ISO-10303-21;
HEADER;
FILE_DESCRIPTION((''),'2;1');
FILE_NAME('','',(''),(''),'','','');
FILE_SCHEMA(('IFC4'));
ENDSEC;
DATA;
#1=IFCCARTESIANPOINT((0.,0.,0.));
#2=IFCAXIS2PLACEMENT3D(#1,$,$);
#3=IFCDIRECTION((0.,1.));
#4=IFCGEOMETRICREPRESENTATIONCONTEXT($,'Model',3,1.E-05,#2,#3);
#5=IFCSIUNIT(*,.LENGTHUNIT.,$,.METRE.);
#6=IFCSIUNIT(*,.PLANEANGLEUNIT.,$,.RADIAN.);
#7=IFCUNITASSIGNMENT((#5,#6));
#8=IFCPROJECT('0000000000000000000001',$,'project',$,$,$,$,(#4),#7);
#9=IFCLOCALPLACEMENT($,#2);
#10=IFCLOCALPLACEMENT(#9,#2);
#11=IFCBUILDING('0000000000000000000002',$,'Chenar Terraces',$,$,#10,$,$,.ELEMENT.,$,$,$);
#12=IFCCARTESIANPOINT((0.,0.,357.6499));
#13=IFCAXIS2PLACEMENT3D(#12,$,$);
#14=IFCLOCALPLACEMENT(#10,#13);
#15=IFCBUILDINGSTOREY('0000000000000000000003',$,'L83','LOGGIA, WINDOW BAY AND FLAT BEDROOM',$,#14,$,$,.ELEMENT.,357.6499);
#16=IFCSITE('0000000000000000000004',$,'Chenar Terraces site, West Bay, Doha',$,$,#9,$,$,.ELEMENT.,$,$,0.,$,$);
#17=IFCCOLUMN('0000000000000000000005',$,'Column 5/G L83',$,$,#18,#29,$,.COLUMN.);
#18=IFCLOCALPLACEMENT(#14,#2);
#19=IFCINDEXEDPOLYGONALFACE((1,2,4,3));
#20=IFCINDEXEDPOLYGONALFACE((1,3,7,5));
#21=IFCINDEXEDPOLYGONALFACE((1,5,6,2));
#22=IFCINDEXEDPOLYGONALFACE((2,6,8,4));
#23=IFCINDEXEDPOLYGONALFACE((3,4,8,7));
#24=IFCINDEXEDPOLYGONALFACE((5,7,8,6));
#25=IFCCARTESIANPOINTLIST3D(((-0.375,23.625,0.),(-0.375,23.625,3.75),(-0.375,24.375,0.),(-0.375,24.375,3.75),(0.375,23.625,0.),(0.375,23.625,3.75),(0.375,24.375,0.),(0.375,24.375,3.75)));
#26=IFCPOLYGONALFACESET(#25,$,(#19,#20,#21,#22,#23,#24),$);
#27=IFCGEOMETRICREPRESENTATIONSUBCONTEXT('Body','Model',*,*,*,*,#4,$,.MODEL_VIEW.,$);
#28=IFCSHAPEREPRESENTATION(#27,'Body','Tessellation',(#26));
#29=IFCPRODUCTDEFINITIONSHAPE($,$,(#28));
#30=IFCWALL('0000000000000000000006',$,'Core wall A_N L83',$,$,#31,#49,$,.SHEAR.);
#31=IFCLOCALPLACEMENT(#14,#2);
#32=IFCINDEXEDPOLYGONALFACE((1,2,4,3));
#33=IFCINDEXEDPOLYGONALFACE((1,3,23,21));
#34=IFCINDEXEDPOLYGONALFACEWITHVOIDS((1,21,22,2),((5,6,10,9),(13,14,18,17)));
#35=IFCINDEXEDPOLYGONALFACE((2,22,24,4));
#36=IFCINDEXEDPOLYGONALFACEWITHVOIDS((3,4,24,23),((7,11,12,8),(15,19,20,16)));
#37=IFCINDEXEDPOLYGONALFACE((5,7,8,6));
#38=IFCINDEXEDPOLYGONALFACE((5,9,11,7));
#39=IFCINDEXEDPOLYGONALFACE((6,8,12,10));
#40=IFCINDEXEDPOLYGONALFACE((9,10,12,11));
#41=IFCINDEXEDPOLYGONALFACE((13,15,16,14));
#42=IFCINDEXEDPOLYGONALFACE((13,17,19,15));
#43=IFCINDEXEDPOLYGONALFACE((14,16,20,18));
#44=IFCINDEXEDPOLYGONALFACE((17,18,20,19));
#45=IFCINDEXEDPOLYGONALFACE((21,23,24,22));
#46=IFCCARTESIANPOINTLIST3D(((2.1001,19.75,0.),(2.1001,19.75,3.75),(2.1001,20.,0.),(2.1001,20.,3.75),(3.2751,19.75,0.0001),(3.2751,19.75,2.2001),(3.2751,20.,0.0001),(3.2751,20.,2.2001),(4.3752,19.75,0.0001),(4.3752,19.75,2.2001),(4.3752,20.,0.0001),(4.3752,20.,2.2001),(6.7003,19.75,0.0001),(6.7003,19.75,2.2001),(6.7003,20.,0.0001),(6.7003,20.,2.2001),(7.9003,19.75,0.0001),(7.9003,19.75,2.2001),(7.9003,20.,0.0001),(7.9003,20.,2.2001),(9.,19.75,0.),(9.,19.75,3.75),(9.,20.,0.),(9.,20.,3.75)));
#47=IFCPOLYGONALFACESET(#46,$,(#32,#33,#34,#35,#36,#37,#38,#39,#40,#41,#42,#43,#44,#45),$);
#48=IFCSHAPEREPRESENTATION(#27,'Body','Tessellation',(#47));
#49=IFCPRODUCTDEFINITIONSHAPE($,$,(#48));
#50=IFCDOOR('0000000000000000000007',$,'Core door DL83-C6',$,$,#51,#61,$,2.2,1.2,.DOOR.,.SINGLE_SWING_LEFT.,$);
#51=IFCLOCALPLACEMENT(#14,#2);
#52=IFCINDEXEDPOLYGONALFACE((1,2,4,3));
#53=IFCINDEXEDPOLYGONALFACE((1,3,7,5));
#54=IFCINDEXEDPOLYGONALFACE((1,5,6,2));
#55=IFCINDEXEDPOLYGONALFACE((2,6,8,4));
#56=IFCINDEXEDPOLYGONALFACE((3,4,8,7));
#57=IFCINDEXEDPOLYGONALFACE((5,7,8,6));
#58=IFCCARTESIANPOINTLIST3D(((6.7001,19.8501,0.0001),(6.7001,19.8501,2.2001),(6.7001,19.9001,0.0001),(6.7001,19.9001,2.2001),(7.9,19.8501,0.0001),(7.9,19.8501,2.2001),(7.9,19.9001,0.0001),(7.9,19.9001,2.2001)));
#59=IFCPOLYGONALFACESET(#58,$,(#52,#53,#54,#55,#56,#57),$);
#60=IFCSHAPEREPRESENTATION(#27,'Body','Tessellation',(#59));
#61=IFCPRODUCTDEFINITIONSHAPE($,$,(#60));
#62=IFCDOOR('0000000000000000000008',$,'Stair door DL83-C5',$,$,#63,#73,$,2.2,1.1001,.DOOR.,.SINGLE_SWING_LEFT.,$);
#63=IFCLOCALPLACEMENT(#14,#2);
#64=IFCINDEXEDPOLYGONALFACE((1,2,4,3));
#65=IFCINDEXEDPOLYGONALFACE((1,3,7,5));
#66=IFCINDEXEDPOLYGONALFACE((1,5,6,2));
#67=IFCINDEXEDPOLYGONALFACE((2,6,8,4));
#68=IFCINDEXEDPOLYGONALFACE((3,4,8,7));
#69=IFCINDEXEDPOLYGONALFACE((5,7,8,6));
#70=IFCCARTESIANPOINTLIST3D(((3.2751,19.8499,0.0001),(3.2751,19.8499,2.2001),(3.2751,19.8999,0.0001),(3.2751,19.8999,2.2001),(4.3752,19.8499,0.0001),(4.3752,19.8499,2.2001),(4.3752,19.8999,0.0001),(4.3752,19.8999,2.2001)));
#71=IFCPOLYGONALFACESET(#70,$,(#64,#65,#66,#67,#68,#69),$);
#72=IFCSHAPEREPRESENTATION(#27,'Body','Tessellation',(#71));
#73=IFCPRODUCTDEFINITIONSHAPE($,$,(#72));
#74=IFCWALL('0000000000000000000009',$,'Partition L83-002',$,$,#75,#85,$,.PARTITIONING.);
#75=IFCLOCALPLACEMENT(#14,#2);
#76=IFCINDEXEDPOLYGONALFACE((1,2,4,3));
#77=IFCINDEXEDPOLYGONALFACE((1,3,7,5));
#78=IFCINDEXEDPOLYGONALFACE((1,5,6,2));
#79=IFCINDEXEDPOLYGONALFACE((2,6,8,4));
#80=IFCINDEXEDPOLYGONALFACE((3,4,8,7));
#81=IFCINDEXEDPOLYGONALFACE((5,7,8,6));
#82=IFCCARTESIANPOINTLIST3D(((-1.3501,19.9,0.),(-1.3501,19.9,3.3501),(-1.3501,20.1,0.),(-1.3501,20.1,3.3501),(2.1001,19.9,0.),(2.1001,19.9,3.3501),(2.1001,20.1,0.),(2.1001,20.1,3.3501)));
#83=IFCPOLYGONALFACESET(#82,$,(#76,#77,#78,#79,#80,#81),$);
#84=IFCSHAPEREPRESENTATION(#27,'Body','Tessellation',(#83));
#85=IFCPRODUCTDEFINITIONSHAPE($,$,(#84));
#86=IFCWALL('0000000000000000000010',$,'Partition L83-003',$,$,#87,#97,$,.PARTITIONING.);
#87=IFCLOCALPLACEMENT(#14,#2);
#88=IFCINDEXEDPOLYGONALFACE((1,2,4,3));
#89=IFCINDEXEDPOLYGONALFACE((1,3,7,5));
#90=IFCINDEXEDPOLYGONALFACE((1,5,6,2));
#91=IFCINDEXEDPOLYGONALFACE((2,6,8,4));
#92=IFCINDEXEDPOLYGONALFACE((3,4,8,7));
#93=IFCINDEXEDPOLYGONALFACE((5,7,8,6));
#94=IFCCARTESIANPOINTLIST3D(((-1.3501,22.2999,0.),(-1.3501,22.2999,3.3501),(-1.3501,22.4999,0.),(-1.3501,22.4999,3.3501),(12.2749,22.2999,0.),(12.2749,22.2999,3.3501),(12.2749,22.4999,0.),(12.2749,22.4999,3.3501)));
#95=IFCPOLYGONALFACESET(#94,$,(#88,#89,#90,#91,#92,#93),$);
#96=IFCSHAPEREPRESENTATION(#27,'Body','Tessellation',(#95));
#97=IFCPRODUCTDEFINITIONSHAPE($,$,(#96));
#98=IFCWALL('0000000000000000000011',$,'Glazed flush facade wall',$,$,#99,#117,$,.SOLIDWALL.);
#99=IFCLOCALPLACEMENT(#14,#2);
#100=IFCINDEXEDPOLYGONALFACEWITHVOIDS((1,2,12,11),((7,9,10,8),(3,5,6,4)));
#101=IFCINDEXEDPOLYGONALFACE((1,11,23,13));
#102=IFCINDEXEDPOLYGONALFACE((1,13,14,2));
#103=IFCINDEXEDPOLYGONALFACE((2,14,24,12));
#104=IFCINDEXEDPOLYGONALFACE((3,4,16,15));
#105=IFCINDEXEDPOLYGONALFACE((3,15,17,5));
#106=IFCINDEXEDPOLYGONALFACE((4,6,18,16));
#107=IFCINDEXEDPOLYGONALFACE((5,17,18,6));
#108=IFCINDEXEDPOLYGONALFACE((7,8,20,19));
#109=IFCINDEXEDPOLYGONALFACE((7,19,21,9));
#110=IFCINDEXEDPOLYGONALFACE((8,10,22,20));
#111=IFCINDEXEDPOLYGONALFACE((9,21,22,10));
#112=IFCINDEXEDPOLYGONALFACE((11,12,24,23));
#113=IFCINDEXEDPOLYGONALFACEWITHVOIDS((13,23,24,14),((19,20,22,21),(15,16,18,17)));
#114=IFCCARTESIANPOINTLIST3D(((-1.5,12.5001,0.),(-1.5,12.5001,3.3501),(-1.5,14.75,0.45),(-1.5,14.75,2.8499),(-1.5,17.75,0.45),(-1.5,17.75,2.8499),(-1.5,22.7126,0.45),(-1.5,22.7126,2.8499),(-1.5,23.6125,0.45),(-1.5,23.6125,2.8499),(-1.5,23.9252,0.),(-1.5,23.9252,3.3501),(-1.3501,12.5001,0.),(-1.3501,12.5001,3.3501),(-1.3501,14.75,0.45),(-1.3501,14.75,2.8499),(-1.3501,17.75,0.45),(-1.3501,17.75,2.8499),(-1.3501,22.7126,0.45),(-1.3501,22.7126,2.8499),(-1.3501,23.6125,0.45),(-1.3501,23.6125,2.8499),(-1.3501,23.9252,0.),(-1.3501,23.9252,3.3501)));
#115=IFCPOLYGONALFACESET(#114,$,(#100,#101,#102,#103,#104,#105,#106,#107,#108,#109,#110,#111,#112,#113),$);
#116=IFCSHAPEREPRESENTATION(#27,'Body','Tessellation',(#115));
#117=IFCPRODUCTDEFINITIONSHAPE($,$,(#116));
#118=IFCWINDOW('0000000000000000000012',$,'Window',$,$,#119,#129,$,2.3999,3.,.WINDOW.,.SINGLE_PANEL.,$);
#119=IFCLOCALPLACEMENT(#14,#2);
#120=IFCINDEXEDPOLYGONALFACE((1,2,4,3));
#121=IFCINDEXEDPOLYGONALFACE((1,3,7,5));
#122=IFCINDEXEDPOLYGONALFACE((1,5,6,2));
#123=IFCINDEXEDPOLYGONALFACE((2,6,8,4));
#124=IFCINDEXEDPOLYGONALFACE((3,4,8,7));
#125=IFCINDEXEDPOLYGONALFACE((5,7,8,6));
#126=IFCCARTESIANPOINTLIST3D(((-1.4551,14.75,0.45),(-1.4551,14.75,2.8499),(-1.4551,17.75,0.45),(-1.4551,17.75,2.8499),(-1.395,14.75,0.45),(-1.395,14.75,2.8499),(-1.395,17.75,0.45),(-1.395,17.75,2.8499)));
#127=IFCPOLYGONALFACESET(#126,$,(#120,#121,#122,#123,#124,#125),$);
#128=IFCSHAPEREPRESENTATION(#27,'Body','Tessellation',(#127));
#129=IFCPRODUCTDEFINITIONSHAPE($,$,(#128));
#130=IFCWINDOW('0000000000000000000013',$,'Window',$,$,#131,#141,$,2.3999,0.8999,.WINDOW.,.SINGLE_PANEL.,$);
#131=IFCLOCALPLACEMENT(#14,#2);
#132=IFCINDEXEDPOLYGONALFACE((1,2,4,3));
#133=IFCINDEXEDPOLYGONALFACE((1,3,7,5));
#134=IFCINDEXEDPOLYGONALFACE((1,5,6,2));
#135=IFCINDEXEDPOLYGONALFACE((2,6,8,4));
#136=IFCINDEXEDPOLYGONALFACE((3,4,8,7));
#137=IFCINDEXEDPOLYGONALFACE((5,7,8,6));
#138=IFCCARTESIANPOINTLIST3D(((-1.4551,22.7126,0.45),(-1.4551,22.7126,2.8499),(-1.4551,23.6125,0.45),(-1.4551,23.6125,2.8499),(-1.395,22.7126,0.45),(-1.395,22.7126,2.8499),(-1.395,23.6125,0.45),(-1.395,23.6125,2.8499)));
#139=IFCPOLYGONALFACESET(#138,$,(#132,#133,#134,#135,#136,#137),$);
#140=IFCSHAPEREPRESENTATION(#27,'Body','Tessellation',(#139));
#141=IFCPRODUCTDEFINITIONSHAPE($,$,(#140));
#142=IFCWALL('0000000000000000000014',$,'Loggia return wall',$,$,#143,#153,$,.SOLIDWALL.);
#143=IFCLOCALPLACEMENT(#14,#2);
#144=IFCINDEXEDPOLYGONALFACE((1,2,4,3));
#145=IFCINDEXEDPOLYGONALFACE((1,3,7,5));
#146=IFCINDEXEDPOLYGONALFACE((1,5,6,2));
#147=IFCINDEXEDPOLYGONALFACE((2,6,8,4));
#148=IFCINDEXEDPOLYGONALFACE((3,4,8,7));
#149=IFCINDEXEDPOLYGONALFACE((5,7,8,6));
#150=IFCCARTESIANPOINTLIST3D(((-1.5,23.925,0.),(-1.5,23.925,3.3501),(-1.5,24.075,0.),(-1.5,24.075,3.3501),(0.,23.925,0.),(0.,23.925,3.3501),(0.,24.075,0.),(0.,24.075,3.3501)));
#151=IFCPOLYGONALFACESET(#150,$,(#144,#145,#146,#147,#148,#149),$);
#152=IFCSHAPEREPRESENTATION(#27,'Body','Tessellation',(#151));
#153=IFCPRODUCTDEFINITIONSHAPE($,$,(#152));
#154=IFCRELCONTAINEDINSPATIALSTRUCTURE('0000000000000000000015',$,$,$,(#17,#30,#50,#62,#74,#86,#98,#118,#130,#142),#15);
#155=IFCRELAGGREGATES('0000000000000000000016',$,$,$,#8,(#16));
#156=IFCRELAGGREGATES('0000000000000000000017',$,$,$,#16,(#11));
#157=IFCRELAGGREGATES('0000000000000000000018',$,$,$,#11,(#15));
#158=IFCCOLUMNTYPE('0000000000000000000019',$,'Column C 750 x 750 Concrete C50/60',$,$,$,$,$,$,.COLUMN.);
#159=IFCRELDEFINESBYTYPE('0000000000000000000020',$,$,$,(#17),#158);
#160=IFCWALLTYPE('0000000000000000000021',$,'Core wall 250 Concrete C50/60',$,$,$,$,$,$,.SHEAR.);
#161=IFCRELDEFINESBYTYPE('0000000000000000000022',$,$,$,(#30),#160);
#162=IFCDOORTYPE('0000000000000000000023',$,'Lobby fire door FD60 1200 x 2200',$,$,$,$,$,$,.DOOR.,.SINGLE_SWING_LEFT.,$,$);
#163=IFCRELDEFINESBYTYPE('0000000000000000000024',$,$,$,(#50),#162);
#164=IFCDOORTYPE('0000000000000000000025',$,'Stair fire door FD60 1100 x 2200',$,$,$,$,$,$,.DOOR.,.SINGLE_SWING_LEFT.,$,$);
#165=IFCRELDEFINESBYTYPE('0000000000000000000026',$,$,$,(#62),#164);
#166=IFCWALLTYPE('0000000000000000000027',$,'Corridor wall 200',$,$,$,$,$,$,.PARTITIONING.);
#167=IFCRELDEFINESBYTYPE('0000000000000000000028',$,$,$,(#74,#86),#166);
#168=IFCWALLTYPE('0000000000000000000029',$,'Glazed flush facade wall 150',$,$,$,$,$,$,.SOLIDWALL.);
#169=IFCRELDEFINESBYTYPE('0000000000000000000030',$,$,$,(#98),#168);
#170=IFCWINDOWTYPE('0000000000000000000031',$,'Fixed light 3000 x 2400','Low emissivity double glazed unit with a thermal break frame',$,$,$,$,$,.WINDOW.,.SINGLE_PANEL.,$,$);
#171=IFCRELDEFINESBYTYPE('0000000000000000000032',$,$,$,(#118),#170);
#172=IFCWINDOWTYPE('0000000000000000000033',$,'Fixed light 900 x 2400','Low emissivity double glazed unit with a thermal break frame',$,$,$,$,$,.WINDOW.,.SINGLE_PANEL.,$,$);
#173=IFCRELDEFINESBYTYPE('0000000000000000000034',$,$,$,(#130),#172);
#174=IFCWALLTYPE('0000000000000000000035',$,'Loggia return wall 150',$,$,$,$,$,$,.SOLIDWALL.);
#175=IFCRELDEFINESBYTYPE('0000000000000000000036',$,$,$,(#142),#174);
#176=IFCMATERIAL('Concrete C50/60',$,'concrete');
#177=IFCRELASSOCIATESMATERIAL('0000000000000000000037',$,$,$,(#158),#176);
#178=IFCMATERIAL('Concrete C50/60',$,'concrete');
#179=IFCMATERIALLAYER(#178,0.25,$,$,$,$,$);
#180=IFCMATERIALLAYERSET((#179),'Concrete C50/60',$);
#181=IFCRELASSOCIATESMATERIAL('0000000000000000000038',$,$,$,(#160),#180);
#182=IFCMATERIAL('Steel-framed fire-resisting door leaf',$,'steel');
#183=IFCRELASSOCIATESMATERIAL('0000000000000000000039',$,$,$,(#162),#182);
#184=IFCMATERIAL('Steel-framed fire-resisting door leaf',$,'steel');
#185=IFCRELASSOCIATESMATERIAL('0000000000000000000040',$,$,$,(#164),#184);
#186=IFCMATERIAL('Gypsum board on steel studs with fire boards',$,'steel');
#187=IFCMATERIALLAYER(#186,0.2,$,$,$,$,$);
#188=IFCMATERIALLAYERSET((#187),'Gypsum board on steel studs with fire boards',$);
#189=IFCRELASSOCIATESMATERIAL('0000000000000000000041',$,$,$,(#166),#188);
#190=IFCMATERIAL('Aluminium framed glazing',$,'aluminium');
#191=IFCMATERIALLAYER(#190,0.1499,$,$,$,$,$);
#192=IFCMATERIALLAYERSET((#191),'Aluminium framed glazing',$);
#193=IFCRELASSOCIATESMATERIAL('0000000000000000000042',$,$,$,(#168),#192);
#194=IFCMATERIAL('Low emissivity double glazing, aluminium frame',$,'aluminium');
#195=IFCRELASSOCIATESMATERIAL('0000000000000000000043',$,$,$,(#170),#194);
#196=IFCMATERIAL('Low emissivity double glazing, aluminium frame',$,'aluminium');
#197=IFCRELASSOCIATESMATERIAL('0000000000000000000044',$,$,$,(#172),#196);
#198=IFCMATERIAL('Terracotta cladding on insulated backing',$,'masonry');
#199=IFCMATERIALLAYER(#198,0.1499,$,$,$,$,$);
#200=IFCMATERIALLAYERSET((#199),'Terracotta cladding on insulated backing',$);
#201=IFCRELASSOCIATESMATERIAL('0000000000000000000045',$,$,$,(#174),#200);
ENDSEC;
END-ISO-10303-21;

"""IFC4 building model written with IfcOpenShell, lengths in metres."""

from ifc_helpers import new_model, si_unit, direction, frame, frame_2d, origin, origin_2d, place, context, subcontext, project, spatial, rectangle, extrude, material, layer, layer_set, material_profile, profile_set, type_object, element, fill, save


model = new_model("IFC4")

# Units and contexts
model_context = context("Model", 3, precision=1e-05, world=origin(), true_north=direction((0.0, 1.0)))
body_context = subcontext(model_context, "Body", "Model", "MODEL_VIEW")
ifc_project = project(units=[si_unit("LENGTHUNIT", "METRE"), si_unit("PLANEANGLEUNIT", "RADIAN")], contexts=[model_context])

# Site, building, storey
site_placement = place(None, origin())
site = spatial("IfcSite", under=ifc_project, at=site_placement, Name="Chenar Terraces site, West Bay, Doha", CompositionType="ELEMENT", RefElevation=0.0)
building_placement = place(site_placement, origin())
building = spatial("IfcBuilding", under=site, at=building_placement, Name="Chenar Terraces", CompositionType="ELEMENT")
storey_placement = place(building_placement, frame((0.0, 0.0, 357.6499)))
storey = spatial("IfcBuildingStorey", under=building, at=storey_placement, Name="L83", Description="LOGGIA, WINDOW BAY AND FLAT BEDROOM", CompositionType="ELEMENT", Elevation=357.6499)

# Column
ifc_material_1 = material(Name="Concrete C50/60", Category="concrete")
ifc_material_profile = material_profile(ifc_material_1, rectangle(XDim=0.75, YDim=0.75, at=origin_2d()), Name="C 750 x 750")
ifc_profile_set = profile_set([ifc_material_profile], Name="Concrete C50/60")
column_type = type_object("IfcColumnType", Name="Column C 750 x 750 Concrete C50/60", PredefinedType="COLUMN", material=ifc_profile_set)
column_placement = place(storey_placement, frame((0.0, 24.0, 0.0), z_axis=(0.0, 0.0, 1.0), x_axis=(1.0, 0.0, 0.0)))
element("IfcColumn", 1, at=column_placement, inside=storey, type_object=column_type, Name="Column 5/G L83", PredefinedType="COLUMN", context=body_context, shape_type="SweptSolid", body=[
    extrude(rectangle(XDim=0.75, YDim=0.75, at=origin_2d()), origin(), (0.0, 0.0, 1.0), 3.75),
])

# Wall, openings, doors
ifc_material_2 = material(Name="Concrete C50/60", Category="concrete")
ifc_layer_1 = layer(ifc_material_2, 0.25)
ifc_layer_set_1 = layer_set([ifc_layer_1], Name="Concrete C50/60")
wall_type_1 = type_object("IfcWallType", Name="Core wall 250 Concrete C50/60", PredefinedType="SHEAR", material=ifc_layer_set_1)
wall_1_placement = place(storey_placement, frame((2.1001, 19.875, 0.0), z_axis=(0.0, 0.0, 1.0), x_axis=(1.0, 0.0, 0.0)))
wall_1 = element("IfcWall", 2, at=wall_1_placement, inside=storey, type_object=wall_type_1, Name="Core wall A_N L83", PredefinedType="SHEAR", context=body_context, shape_type="SweptSolid", body=[
    extrude(rectangle(XDim=6.8999, YDim=0.25, at=frame_2d((3.45, 0.0))), origin(), (0.0, 0.0, 1.0), 3.75),
])
opening_1_placement = place(wall_1_placement, frame((1.175, 0.0, 0.0)))
opening_1 = element("IfcOpeningElement", 3, at=opening_1_placement, cuts=wall_1, PredefinedType="OPENING", context=body_context, shape_type="SweptSolid", body=[
    extrude(rectangle(XDim=1.1001, YDim=2.2, at=frame_2d((0.55, 1.1001))), frame((0.0, 0.135, 0.0), z_axis=(0.0, -1.0, 0.0), x_axis=(1.0, 0.0, 0.0)), (0.0, 0.0, 1.0), 0.27),
])
opening_2_placement = place(wall_1_placement, frame((4.6001, 0.0, 0.0)))
opening_2 = element("IfcOpeningElement", 4, at=opening_2_placement, cuts=wall_1, PredefinedType="OPENING", context=body_context, shape_type="SweptSolid", body=[
    extrude(rectangle(XDim=1.2, YDim=2.2, at=frame_2d((0.6001, 1.1001))), frame((0.0, 0.135, 0.0), z_axis=(0.0, -1.0, 0.0), x_axis=(1.0, 0.0, 0.0)), (0.0, 0.0, 1.0), 0.27),
])
ifc_material_3 = material(Name="Steel-framed fire-resisting door leaf", Category="steel")
door_type_1 = type_object("IfcDoorType", Name="Lobby fire door FD60 1200 x 2200", OperationType="SINGLE_SWING_LEFT", PredefinedType="DOOR", material=ifc_material_3)
door_1_placement = place(opening_2_placement, frame((1.2, 0.0, 0.0), z_axis=(0.0, 0.0, 1.0), x_axis=(-1.0, 0.0, 0.0)))
door_1 = element("IfcDoor", 5, at=door_1_placement, inside=storey, type_object=door_type_1, Name="Core door DL83-C6", OperationType="SINGLE_SWING_LEFT", OverallHeight=2.2, OverallWidth=1.2, PredefinedType="DOOR", context=body_context, shape_type="SweptSolid", body=[
    extrude(rectangle(XDim=1.2, YDim=2.2, at=frame_2d((0.6001, 1.1001))), frame((0.0, 0.0249, 0.0), z_axis=(0.0, -1.0, 0.0), x_axis=(1.0, 0.0, 0.0)), (0.0, 0.0, 1.0), 0.05),
])
fill(opening_2, door_1)
ifc_material_4 = material(Name="Steel-framed fire-resisting door leaf", Category="steel")
door_type_2 = type_object("IfcDoorType", Name="Stair fire door FD60 1100 x 2200", OperationType="SINGLE_SWING_LEFT", PredefinedType="DOOR", material=ifc_material_4)
door_2_placement = place(opening_1_placement, origin())
door_2 = element("IfcDoor", 6, at=door_2_placement, inside=storey, type_object=door_type_2, Name="Stair door DL83-C5", OperationType="SINGLE_SWING_LEFT", OverallHeight=2.2, OverallWidth=1.1001, PredefinedType="DOOR", context=body_context, shape_type="SweptSolid", body=[
    extrude(rectangle(XDim=1.1001, YDim=2.2, at=frame_2d((0.55, 1.1001))), frame((0.0, 0.0249, 0.0), z_axis=(0.0, -1.0, 0.0), x_axis=(1.0, 0.0, 0.0)), (0.0, 0.0, 1.0), 0.05),
])
fill(opening_1, door_2)

# Walls
ifc_material_5 = material(Name="Gypsum board on steel studs with fire boards", Category="steel")
ifc_layer_2 = layer(ifc_material_5, 0.2)
ifc_layer_set_2 = layer_set([ifc_layer_2], Name="Gypsum board on steel studs with fire boards")
wall_type_2 = type_object("IfcWallType", Name="Corridor wall 200", PredefinedType="PARTITIONING", material=ifc_layer_set_2)
wall_2_placement = place(storey_placement, frame((-1.3501, 20.0, 0.0), z_axis=(0.0, 0.0, 1.0), x_axis=(1.0, 0.0, 0.0)))
element("IfcWall", 7, at=wall_2_placement, inside=storey, type_object=wall_type_2, Name="Partition L83-002", PredefinedType="PARTITIONING", context=body_context, shape_type="SweptSolid", body=[
    extrude(rectangle(XDim=3.4502, YDim=0.2, at=frame_2d((1.7251, 0.0))), origin(), (0.0, 0.0, 1.0), 3.3501),
])
wall_3_placement = place(storey_placement, frame((-1.3501, 22.3999, 0.0), z_axis=(0.0, 0.0, 1.0), x_axis=(1.0, 0.0, 0.0)))
element("IfcWall", 8, at=wall_3_placement, inside=storey, type_object=wall_type_2, Name="Partition L83-003", PredefinedType="PARTITIONING", context=body_context, shape_type="SweptSolid", body=[
    extrude(rectangle(XDim=13.625, YDim=0.2, at=frame_2d((6.8125, 0.0))), origin(), (0.0, 0.0, 1.0), 3.3501),
])

# Wall, openings, windows
ifc_material_6 = material(Name="Aluminium framed glazing", Category="aluminium")
ifc_layer_3 = layer(ifc_material_6, 0.1499)
ifc_layer_set_3 = layer_set([ifc_layer_3], Name="Aluminium framed glazing")
wall_type_3 = type_object("IfcWallType", Name="Glazed flush facade wall 150", PredefinedType="SOLIDWALL", material=ifc_layer_set_3)
wall_4_placement = place(storey_placement, frame((-1.425, 23.925, 0.0), z_axis=(0.0, 0.0, 1.0), x_axis=(0.0, -1.0, 0.0)))
wall_4 = element("IfcWall", 9, at=wall_4_placement, inside=storey, type_object=wall_type_3, Name="Glazed flush facade wall", PredefinedType="SOLIDWALL", context=body_context, shape_type="SweptSolid", body=[
    extrude(rectangle(XDim=11.425, YDim=0.1499, at=frame_2d((5.7124, 0.0))), origin(), (0.0, 0.0, 1.0), 3.3501),
])
opening_3_placement = place(wall_4_placement, frame((0.3125, 0.0, 0.45)))
opening_3 = element("IfcOpeningElement", 10, at=opening_3_placement, cuts=wall_4, PredefinedType="OPENING", context=body_context, shape_type="SweptSolid", body=[
    extrude(rectangle(XDim=0.8999, YDim=2.3999, at=frame_2d((0.45, 1.2))), frame((0.0, 0.085, 0.0), z_axis=(0.0, -1.0, 0.0), x_axis=(1.0, 0.0, 0.0)), (0.0, 0.0, 1.0), 0.1699),
])
opening_4_placement = place(wall_4_placement, frame((6.175, 0.0, 0.45)))
opening_4 = element("IfcOpeningElement", 11, at=opening_4_placement, cuts=wall_4, PredefinedType="OPENING", context=body_context, shape_type="SweptSolid", body=[
    extrude(rectangle(XDim=3.0, YDim=2.3999, at=frame_2d((1.5, 1.2))), frame((0.0, 0.085, 0.0), z_axis=(0.0, -1.0, 0.0), x_axis=(1.0, 0.0, 0.0)), (0.0, 0.0, 1.0), 0.1699),
])
ifc_material_7 = material(Name="Low emissivity double glazing, aluminium frame", Category="aluminium")
window_type_1 = type_object("IfcWindowType", Name="Fixed light 3000 x 2400", Description="Low emissivity double glazed unit with a thermal break frame", PartitioningType="SINGLE_PANEL", PredefinedType="WINDOW", material=ifc_material_7)
window_1_placement = place(opening_4_placement, origin())
window_1 = element("IfcWindow", 12, at=window_1_placement, inside=storey, type_object=window_type_1, Name="Window", OverallHeight=2.3999, OverallWidth=3.0, PartitioningType="SINGLE_PANEL", PredefinedType="WINDOW", context=body_context, shape_type="SweptSolid", body=[
    extrude(rectangle(XDim=3.0, YDim=2.3999, at=frame_2d((1.5, 1.2))), frame((0.0, 0.03, 0.0), z_axis=(0.0, -1.0, 0.0), x_axis=(1.0, 0.0, 0.0)), (0.0, 0.0, 1.0), 0.0601),
])
fill(opening_4, window_1)
ifc_material_8 = material(Name="Low emissivity double glazing, aluminium frame", Category="aluminium")
window_type_2 = type_object("IfcWindowType", Name="Fixed light 900 x 2400", Description="Low emissivity double glazed unit with a thermal break frame", PartitioningType="SINGLE_PANEL", PredefinedType="WINDOW", material=ifc_material_8)
window_2_placement = place(opening_3_placement, origin())
window_2 = element("IfcWindow", 13, at=window_2_placement, inside=storey, type_object=window_type_2, Name="Window", OverallHeight=2.3999, OverallWidth=0.8999, PartitioningType="SINGLE_PANEL", PredefinedType="WINDOW", context=body_context, shape_type="SweptSolid", body=[
    extrude(rectangle(XDim=0.8999, YDim=2.3999, at=frame_2d((0.45, 1.2))), frame((0.0, 0.03, 0.0), z_axis=(0.0, -1.0, 0.0), x_axis=(1.0, 0.0, 0.0)), (0.0, 0.0, 1.0), 0.0601),
])
fill(opening_3, window_2)

# Wall
ifc_material_9 = material(Name="Terracotta cladding on insulated backing", Category="masonry")
ifc_layer_4 = layer(ifc_material_9, 0.1499)
ifc_layer_set_4 = layer_set([ifc_layer_4], Name="Terracotta cladding on insulated backing")
wall_type_4 = type_object("IfcWallType", Name="Loggia return wall 150", PredefinedType="SOLIDWALL", material=ifc_layer_set_4)
wall_5_placement = place(storey_placement, frame((-1.5, 24.0, 0.0), z_axis=(0.0, 0.0, 1.0), x_axis=(1.0, 0.0, 0.0)))
element("IfcWall", 14, at=wall_5_placement, inside=storey, type_object=wall_type_4, Name="Loggia return wall", PredefinedType="SOLIDWALL", context=body_context, shape_type="SweptSolid", body=[
    extrude(rectangle(XDim=1.5, YDim=0.1499, at=frame_2d((0.75, 0.0))), origin(), (0.0, 0.0, 1.0), 3.3501),
])

save(model, "model.ifc")
